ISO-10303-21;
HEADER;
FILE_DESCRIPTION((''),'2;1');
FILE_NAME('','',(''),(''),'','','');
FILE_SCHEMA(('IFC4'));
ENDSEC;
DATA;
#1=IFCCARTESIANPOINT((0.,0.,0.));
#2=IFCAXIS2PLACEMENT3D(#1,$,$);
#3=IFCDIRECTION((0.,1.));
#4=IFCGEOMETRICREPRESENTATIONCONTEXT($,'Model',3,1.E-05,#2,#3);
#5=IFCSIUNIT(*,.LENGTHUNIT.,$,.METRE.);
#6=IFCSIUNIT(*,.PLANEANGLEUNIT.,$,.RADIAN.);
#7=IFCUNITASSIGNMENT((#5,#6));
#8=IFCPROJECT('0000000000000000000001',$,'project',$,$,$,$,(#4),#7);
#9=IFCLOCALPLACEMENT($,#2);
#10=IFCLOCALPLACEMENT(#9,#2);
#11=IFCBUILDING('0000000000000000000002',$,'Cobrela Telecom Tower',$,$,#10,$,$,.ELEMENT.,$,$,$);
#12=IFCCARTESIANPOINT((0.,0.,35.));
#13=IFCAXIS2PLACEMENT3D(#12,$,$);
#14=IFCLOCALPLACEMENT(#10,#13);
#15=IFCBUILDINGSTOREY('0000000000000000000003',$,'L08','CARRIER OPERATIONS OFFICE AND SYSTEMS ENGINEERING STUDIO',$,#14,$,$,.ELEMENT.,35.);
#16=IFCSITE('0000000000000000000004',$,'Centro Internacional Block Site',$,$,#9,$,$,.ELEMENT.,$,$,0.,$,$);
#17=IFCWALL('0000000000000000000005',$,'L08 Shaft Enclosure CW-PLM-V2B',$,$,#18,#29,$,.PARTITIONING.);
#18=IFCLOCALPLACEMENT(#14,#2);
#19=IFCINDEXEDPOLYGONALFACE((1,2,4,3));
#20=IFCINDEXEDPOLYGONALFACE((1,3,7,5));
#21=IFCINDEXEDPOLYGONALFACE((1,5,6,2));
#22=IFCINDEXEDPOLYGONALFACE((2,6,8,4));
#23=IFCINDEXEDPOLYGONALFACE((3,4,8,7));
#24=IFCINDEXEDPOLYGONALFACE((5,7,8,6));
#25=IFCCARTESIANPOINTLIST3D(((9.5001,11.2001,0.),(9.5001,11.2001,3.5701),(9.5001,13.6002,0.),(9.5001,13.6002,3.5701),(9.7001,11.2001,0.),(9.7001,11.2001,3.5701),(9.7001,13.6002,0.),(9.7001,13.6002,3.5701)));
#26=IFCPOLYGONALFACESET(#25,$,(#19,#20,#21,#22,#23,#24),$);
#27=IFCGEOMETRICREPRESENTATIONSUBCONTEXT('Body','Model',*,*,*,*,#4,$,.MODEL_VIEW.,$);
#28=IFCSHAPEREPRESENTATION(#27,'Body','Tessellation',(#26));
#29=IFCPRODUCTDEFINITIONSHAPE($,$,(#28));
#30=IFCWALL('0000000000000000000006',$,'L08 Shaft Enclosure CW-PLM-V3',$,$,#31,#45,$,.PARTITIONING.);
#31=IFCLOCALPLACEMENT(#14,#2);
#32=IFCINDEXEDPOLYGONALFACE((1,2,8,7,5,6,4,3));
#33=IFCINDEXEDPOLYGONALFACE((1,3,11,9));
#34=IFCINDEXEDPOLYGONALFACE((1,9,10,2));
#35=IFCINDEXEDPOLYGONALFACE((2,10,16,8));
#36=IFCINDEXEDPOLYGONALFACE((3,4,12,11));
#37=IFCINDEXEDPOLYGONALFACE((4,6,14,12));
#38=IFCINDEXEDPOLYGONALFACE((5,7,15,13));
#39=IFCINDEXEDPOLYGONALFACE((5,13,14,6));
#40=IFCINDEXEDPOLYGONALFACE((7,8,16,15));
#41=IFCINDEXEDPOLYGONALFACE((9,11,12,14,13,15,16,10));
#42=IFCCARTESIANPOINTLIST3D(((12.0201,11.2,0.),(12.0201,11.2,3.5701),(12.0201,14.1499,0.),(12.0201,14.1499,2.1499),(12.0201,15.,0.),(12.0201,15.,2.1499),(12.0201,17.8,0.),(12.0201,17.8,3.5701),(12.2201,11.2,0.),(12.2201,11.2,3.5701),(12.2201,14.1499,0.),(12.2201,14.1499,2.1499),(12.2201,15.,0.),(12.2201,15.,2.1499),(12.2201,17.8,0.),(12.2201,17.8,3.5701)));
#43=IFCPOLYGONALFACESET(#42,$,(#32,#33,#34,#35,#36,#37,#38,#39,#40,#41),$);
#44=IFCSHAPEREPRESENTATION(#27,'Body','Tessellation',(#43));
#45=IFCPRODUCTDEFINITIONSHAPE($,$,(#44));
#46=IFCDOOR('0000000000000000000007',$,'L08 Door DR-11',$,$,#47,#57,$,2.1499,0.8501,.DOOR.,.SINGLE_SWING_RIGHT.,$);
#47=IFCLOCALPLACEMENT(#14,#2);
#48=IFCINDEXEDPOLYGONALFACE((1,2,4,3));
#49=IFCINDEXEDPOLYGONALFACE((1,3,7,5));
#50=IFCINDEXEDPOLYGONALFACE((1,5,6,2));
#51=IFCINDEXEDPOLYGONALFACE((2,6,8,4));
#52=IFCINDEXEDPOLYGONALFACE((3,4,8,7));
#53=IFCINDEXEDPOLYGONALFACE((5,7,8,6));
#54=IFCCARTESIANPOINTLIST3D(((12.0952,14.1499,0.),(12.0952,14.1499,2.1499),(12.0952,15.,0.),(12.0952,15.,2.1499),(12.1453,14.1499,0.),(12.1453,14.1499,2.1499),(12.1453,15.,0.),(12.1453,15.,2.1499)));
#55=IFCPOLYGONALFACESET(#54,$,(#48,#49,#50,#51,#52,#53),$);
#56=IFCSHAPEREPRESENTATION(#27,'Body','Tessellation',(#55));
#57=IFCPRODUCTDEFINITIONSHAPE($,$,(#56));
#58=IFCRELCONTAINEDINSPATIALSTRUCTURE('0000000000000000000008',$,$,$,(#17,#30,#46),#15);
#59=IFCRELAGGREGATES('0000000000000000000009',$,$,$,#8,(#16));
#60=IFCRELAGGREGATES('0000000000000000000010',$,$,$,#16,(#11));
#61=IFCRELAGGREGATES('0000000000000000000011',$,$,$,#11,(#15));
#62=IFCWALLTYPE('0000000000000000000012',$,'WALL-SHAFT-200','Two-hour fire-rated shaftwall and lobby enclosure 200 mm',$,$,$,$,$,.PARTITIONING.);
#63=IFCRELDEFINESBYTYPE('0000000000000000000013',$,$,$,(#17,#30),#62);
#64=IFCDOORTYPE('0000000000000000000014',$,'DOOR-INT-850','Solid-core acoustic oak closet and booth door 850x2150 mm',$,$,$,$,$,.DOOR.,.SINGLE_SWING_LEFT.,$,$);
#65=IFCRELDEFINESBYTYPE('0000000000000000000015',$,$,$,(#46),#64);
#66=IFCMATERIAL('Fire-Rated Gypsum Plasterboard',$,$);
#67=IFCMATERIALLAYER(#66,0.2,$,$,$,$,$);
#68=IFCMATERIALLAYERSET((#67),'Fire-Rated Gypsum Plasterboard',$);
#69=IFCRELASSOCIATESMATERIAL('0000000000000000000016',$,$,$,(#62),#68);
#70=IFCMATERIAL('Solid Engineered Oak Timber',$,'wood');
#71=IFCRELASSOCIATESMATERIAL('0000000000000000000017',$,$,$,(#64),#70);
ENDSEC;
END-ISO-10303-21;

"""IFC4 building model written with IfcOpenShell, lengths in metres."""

from ifc_helpers import new_model, si_unit, direction, frame, frame_2d, origin, place, context, subcontext, project, spatial, rectangle, extrude, material, layer, layer_set, type_object, element, fill, save


model = new_model("IFC4")

# Units and contexts
model_context = context("Model", 3, precision=1e-05, world=origin(), true_north=direction((0.0, 1.0)))
body_context = subcontext(model_context, "Body", "Model", "MODEL_VIEW")
ifc_project = project(units=[si_unit("LENGTHUNIT", "METRE"), si_unit("PLANEANGLEUNIT", "RADIAN")], contexts=[model_context])

# Site, building, storey
site_placement = place(None, origin())
site = spatial("IfcSite", under=ifc_project, at=site_placement, Name="Centro Internacional Block Site", CompositionType="ELEMENT", RefElevation=0.0)
building_placement = place(site_placement, origin())
building = spatial("IfcBuilding", under=site, at=building_placement, Name="Cobrela Telecom Tower", CompositionType="ELEMENT")
storey_placement = place(building_placement, frame((0.0, 0.0, 35.0)))
storey = spatial("IfcBuildingStorey", under=building, at=storey_placement, Name="L08", Description="CARRIER OPERATIONS OFFICE AND SYSTEMS ENGINEERING STUDIO", CompositionType="ELEMENT", Elevation=35.0)

# Shared definitions
ifc_material_1 = material(Name="Fire-Rated Gypsum Plasterboard")
ifc_material_2 = material(Name="Solid Engineered Oak Timber", Category="wood")

# Wall
ifc_layer_1 = layer(ifc_material_1, 0.2)
ifc_layer_set_1 = layer_set([ifc_layer_1], Name="Fire-Rated Gypsum Plasterboard")
wall_type_1 = type_object("IfcWallType", Name="WALL-SHAFT-200", Description="Two-hour fire-rated shaftwall and lobby enclosure 200 mm", PredefinedType="PARTITIONING", material=ifc_layer_set_1)
for number, where, z_axis, x_axis, name in (
    (1, (9.6001, 11.2, 0.0), (0.0, 0.0, 1.0), (0.0, 1.0, 0.0), "L08 Shaft Enclosure CW-PLM-V2B"),
):
    element("IfcWall", number, at=place(storey_placement, frame(where, z_axis=z_axis, x_axis=x_axis)), inside=storey, type_object=wall_type_1, Name=name, PredefinedType="PARTITIONING", context=body_context, shape_type="SweptSolid", body=[
        extrude(rectangle(XDim=2.4001, YDim=0.2, at=frame_2d((1.2002, 0.0))), origin(), (0.0, 0.0, 1.0), 3.5701),
    ])

# Wall, opening, door
wall_1_placement = place(storey_placement, frame((12.1201, 11.2, 0.0), z_axis=(0.0, 0.0, 1.0), x_axis=(0.0, 1.0, 0.0)))
wall_1 = element("IfcWall", 2, at=wall_1_placement, inside=storey, type_object=wall_type_1, Name="L08 Shaft Enclosure CW-PLM-V3", PredefinedType="PARTITIONING", context=body_context, shape_type="SweptSolid", body=[
    extrude(rectangle(XDim=6.6001, YDim=0.2, at=frame_2d((3.3, 0.0))), origin(), (0.0, 0.0, 1.0), 3.5701),
])
opening_1_placement = place(wall_1_placement, frame((2.95, 0.0, 0.0)))
opening_1 = element("IfcOpeningElement", 3, at=opening_1_placement, cuts=wall_1, PredefinedType="OPENING", context=body_context, shape_type="SweptSolid", body=[
    extrude(rectangle(XDim=0.8501, YDim=2.1499, at=frame_2d((0.425, 1.075))), frame((0.0, 0.1118, 0.0), z_axis=(0.0, -1.0, 0.0), x_axis=(1.0, 0.0, 0.0)), (0.0, 0.0, 1.0), 0.2239),
])
door_type_1 = type_object("IfcDoorType", Name="DOOR-INT-850", Description="Solid-core acoustic oak closet and booth door 850x2150 mm", OperationType="SINGLE_SWING_LEFT", PredefinedType="DOOR", material=ifc_material_2)
door_1_placement = place(opening_1_placement, origin())
door_1 = element("IfcDoor", 4, at=door_1_placement, inside=storey, type_object=door_type_1, Name="L08 Door DR-11", OperationType="SINGLE_SWING_RIGHT", OverallHeight=2.1499, OverallWidth=0.8501, PredefinedType="DOOR", context=body_context, shape_type="SweptSolid", body=[
    extrude(rectangle(XDim=0.8501, YDim=2.1499, at=frame_2d((0.425, 1.075))), frame((0.0, 0.0249, 0.0), z_axis=(0.0, -1.0, 0.0), x_axis=(1.0, 0.0, 0.0)), (0.0, 0.0, 1.0), 0.05),
])
fill(opening_1, door_1)

save(model, "model.ifc")
